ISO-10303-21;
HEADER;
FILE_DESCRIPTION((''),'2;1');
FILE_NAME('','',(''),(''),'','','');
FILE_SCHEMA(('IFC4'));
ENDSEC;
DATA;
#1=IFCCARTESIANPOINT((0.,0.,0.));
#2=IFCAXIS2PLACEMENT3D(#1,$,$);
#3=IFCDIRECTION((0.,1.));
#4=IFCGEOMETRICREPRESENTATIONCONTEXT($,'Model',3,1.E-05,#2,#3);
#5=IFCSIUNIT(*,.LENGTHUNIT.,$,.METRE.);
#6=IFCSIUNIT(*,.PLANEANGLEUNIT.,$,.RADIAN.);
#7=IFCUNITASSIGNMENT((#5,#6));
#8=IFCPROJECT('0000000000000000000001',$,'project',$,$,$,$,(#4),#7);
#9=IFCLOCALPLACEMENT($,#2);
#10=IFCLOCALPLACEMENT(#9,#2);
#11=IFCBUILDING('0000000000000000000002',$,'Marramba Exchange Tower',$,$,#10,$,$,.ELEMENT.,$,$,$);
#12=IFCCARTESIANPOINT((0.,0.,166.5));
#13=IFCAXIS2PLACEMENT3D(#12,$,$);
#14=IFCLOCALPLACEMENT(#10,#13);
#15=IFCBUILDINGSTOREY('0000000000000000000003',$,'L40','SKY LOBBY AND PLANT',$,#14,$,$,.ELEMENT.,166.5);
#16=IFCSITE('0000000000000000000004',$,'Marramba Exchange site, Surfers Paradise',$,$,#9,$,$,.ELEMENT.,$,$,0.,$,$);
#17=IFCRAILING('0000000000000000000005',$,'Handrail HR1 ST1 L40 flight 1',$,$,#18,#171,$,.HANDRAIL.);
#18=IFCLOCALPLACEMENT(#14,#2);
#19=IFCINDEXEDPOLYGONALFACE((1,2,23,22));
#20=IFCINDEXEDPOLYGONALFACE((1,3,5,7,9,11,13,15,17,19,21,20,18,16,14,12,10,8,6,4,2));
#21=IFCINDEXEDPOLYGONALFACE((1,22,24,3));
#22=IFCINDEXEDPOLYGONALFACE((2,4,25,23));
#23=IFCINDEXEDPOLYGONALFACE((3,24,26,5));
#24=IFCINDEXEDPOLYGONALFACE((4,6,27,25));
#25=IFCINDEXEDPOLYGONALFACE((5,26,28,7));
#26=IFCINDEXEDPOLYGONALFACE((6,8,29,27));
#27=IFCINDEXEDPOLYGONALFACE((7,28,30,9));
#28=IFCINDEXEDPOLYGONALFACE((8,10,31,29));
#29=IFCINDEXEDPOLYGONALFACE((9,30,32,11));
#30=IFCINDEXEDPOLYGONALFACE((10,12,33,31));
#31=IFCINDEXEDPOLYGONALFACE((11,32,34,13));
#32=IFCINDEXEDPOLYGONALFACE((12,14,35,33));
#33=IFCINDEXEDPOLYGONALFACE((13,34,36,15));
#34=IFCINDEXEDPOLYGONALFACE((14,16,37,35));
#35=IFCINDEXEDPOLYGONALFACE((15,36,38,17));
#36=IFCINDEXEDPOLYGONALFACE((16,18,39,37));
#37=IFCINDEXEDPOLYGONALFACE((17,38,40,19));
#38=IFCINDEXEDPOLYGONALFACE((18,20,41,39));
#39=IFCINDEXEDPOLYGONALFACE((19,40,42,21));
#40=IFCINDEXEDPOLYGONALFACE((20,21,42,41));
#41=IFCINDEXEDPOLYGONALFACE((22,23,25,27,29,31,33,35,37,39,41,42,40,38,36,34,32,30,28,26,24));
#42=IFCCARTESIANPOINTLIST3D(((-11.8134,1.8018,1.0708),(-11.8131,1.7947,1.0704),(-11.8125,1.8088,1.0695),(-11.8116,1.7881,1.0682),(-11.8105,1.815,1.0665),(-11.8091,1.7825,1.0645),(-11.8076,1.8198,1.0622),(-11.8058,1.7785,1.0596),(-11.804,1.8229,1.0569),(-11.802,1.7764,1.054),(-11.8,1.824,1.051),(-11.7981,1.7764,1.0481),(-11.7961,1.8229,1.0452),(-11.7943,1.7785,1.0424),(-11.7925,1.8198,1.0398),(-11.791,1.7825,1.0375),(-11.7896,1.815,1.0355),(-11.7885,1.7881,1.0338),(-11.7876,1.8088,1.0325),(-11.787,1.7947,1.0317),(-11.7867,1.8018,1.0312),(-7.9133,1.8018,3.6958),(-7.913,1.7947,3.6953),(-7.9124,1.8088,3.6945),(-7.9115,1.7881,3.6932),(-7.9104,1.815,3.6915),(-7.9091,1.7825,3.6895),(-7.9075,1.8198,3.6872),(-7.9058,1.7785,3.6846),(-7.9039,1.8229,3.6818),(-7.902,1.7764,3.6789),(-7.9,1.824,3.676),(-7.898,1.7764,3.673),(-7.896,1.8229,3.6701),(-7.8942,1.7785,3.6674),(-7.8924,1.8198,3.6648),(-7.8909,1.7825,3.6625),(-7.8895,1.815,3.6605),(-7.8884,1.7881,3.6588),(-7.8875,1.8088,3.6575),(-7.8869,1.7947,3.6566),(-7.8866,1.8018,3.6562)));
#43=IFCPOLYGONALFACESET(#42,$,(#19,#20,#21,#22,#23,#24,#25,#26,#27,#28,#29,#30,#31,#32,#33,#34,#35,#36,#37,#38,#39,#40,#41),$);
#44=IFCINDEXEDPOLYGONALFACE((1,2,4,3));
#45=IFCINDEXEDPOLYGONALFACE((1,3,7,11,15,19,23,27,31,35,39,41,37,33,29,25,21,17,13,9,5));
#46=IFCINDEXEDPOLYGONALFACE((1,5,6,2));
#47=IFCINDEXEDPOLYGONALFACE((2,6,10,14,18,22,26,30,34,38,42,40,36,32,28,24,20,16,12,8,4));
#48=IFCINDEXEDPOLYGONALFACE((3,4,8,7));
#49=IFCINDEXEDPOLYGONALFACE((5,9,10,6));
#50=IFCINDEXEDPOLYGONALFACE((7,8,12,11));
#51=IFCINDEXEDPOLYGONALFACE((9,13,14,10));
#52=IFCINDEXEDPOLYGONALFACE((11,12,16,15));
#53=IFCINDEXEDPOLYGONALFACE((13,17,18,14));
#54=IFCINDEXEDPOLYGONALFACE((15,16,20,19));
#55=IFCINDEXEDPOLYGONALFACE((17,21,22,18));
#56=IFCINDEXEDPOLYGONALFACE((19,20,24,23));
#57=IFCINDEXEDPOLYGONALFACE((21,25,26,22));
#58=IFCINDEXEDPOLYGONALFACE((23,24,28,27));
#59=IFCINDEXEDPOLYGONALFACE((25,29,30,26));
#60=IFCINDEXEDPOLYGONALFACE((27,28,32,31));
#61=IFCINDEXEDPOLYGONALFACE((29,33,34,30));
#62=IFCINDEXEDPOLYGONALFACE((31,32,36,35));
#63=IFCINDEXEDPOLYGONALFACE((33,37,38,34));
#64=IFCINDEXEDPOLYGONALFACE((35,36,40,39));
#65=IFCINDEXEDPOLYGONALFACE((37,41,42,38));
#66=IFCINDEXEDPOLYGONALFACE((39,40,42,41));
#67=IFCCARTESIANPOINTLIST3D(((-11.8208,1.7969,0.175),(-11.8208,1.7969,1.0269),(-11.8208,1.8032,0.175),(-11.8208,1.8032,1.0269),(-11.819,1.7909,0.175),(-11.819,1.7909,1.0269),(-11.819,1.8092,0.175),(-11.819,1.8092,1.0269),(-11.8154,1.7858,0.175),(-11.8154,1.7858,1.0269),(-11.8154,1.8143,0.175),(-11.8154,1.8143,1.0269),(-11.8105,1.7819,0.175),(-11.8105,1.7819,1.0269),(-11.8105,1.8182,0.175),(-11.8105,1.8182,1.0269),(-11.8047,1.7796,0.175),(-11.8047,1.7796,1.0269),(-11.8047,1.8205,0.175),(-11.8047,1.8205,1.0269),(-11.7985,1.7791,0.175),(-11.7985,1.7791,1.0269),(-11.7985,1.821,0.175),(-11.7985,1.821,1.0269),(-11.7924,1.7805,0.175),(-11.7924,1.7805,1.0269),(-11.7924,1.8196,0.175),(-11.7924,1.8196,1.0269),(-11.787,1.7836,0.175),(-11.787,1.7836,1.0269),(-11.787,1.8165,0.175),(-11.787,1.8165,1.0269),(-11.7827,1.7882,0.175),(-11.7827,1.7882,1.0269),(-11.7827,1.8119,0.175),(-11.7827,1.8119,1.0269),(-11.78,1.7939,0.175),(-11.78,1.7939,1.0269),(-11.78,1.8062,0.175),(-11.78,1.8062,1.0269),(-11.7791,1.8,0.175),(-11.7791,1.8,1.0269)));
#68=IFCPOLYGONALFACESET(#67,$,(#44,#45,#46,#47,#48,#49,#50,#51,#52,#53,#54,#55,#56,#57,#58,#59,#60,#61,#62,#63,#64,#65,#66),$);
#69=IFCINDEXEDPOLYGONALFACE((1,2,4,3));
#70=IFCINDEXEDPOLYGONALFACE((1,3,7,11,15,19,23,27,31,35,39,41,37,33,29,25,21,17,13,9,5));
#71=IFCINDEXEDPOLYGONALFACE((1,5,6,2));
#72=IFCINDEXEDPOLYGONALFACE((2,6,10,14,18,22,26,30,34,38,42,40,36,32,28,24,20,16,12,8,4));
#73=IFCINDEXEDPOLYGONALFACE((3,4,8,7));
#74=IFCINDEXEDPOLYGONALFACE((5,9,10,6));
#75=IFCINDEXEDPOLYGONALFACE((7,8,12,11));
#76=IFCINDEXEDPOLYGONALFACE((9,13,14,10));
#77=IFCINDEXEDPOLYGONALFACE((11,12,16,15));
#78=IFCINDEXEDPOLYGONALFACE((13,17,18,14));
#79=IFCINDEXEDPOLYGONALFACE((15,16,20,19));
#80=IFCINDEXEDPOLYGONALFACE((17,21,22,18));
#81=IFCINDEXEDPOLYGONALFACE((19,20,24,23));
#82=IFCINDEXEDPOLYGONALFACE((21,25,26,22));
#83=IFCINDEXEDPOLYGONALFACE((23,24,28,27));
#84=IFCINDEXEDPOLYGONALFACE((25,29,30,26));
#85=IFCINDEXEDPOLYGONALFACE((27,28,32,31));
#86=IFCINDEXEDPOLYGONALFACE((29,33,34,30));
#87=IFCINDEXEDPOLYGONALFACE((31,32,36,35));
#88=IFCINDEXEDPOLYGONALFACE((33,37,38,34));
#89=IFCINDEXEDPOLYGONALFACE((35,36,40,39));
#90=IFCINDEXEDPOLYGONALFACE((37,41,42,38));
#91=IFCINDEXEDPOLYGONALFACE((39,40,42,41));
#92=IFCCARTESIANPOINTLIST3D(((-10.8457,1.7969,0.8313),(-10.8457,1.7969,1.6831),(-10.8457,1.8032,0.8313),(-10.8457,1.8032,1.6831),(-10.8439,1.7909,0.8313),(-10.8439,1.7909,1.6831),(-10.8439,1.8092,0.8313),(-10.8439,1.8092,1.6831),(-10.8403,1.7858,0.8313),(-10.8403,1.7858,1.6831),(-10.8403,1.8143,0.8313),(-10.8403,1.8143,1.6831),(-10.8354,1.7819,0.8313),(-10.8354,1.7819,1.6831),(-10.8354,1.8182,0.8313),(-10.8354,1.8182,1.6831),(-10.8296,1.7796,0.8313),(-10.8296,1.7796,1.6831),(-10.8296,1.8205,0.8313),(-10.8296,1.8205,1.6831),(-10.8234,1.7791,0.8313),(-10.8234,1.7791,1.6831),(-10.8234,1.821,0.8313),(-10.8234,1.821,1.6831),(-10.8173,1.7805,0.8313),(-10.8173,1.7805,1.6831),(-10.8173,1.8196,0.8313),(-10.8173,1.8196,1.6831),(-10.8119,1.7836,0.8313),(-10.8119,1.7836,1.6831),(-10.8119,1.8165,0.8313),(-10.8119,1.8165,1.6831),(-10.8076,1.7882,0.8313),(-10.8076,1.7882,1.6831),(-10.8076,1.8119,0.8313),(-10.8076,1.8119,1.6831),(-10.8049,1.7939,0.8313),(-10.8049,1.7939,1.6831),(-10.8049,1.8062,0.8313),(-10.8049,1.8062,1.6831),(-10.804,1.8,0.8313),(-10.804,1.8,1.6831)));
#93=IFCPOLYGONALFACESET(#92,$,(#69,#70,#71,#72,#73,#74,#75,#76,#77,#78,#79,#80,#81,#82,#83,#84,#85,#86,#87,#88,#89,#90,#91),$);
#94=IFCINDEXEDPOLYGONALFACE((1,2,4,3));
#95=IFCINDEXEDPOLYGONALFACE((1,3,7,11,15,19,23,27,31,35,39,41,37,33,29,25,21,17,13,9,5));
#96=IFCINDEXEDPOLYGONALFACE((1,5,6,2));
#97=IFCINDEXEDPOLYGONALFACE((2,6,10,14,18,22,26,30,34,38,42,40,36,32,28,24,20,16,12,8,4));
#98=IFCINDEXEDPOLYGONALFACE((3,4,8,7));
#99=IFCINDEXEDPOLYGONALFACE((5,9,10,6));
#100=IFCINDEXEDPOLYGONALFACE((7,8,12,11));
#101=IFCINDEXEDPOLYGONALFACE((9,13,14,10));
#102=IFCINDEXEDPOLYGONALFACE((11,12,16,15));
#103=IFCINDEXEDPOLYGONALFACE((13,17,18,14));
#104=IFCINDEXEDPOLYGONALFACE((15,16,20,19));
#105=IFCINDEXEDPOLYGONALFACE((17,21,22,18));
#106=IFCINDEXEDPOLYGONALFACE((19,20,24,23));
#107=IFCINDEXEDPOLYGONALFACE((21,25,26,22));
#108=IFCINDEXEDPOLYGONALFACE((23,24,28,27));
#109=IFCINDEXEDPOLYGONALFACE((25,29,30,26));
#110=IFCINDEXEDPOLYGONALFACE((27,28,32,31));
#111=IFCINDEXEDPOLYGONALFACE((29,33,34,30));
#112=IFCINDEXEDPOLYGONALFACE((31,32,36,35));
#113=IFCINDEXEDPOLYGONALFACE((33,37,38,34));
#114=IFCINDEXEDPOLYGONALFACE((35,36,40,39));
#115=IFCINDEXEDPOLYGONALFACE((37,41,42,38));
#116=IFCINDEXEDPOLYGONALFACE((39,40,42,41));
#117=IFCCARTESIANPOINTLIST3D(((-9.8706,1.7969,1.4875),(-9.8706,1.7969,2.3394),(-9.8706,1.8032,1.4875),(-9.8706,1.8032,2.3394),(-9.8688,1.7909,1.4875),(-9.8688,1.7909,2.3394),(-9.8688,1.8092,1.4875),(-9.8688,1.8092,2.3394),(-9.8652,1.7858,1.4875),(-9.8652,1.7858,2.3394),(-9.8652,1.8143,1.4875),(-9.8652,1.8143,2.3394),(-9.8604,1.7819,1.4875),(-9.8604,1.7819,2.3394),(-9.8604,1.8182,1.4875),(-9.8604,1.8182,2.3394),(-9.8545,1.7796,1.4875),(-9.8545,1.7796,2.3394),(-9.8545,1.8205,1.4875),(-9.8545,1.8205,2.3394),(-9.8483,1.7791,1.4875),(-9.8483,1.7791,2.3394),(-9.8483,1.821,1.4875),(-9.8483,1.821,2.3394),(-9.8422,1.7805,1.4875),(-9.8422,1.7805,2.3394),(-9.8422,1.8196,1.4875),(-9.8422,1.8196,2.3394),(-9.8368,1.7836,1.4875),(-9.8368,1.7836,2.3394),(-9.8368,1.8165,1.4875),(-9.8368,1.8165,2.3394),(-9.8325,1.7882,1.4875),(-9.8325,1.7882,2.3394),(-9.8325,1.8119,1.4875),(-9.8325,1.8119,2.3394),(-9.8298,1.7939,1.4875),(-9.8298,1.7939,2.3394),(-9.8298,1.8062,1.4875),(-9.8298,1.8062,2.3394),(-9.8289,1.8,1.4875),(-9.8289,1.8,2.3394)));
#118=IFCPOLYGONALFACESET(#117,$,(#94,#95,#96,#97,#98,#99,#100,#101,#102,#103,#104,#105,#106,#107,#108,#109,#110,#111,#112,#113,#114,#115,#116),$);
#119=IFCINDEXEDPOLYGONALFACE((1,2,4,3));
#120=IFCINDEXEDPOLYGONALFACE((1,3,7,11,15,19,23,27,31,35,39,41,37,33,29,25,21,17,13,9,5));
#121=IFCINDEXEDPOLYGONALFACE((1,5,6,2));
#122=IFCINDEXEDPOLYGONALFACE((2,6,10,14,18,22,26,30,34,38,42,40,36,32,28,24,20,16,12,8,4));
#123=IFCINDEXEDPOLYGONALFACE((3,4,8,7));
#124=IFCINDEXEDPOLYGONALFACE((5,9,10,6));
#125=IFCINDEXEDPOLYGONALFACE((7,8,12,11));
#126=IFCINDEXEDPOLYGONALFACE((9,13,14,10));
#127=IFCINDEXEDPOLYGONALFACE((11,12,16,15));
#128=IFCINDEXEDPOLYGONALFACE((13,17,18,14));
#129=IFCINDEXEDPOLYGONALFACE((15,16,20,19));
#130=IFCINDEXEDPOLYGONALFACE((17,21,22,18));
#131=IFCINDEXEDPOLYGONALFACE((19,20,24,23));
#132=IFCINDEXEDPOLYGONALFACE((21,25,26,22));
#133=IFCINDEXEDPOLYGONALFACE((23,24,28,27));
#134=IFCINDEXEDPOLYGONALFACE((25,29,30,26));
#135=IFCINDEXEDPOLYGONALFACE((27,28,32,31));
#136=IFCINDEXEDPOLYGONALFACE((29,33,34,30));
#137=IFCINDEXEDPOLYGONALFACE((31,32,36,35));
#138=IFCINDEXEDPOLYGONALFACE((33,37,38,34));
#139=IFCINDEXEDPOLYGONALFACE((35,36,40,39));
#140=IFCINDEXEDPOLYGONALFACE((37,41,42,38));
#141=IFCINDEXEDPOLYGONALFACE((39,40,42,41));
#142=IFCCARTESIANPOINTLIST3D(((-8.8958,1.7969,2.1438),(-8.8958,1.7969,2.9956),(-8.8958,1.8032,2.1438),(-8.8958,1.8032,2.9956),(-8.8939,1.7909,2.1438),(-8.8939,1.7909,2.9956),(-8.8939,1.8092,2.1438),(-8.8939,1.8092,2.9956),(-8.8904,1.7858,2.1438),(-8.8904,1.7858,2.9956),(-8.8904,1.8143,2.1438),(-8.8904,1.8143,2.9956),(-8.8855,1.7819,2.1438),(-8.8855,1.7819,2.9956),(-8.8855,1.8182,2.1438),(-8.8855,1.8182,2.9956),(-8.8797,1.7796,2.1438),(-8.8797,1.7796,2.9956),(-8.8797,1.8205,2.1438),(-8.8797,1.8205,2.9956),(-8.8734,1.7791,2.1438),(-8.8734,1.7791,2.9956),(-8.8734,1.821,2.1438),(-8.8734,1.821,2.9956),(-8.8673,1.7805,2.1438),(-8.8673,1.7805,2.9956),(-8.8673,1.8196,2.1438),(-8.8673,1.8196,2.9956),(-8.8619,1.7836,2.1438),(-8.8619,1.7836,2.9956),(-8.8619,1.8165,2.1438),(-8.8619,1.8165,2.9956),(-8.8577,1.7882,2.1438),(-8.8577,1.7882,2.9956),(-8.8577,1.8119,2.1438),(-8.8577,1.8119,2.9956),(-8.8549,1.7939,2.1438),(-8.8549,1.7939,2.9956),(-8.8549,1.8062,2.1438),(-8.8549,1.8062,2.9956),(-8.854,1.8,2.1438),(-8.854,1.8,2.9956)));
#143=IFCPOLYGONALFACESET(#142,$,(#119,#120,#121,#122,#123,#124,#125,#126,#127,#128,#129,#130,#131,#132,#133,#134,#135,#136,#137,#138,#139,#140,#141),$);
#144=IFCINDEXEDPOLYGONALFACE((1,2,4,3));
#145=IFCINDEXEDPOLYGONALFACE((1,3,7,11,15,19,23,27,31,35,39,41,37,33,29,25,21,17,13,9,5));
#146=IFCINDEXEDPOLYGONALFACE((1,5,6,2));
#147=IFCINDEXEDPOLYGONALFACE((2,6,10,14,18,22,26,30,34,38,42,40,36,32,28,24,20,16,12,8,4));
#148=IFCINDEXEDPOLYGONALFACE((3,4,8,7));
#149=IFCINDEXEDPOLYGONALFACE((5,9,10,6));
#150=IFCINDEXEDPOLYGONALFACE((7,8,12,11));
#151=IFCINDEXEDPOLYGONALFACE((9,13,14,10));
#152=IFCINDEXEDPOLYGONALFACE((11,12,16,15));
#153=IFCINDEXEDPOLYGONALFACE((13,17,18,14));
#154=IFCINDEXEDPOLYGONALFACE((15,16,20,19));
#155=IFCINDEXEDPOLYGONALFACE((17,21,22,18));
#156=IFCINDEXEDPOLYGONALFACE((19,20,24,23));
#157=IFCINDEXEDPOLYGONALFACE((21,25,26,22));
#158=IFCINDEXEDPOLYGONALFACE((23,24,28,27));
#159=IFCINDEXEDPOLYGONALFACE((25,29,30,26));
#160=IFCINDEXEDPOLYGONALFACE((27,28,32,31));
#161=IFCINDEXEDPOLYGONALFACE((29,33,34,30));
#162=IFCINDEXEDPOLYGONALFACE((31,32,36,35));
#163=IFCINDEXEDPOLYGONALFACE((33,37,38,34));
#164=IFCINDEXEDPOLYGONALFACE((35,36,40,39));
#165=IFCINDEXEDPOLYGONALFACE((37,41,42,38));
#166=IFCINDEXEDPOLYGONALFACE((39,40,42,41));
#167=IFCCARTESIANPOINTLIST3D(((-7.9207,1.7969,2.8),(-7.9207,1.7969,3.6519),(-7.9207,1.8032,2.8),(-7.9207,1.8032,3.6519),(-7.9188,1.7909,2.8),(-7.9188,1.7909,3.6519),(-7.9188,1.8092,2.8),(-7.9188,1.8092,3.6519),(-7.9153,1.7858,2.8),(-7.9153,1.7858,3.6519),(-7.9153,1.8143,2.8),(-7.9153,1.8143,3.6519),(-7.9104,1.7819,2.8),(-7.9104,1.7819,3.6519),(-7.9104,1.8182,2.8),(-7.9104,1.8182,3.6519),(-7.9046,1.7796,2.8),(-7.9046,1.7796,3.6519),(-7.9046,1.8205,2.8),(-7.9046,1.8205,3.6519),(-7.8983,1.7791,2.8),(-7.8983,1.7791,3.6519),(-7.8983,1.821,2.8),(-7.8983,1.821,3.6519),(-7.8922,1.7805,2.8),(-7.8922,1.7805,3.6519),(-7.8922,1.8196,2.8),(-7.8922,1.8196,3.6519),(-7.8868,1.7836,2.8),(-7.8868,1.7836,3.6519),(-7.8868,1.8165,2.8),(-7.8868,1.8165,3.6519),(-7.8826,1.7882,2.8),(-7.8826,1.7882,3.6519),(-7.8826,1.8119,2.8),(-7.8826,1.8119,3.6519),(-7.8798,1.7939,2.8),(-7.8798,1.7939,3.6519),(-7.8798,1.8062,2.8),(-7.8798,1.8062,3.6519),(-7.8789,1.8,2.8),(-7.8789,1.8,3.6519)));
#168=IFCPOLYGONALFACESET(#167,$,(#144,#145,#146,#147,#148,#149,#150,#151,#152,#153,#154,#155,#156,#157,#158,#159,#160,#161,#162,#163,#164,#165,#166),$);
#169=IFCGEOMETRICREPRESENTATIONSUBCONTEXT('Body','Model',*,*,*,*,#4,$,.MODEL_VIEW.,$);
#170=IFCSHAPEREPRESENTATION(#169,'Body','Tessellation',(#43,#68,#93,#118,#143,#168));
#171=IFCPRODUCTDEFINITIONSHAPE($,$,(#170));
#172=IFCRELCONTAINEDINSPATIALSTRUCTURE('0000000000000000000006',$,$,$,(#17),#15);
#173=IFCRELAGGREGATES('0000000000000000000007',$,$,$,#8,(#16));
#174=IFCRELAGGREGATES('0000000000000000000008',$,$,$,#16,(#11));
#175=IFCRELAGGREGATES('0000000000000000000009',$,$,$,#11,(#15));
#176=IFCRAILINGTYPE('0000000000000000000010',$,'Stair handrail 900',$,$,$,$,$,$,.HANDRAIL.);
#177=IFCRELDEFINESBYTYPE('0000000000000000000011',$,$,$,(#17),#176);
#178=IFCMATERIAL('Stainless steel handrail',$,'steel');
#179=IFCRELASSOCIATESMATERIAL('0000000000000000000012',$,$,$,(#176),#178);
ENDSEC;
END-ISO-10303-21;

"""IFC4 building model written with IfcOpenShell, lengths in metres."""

from ifc_helpers import new_model, si_unit, direction, frame, origin, origin_2d, place, context, subcontext, project, spatial, circle, extrude, material, type_object, element, save


model = new_model("IFC4")

# Units and contexts
model_context = context("Model", 3, precision=1e-05, world=origin(), true_north=direction((0.0, 1.0)))
body_context = subcontext(model_context, "Body", "Model", "MODEL_VIEW")
ifc_project = project(units=[si_unit("LENGTHUNIT", "METRE"), si_unit("PLANEANGLEUNIT", "RADIAN")], contexts=[model_context])

# Site, building, storey
site_placement = place(None, origin())
site = spatial("IfcSite", under=ifc_project, at=site_placement, Name="Marramba Exchange site, Surfers Paradise", CompositionType="ELEMENT", RefElevation=0.0)
building_placement = place(site_placement, origin())
building = spatial("IfcBuilding", under=site, at=building_placement, Name="Marramba Exchange Tower", CompositionType="ELEMENT")
storey_placement = place(building_placement, frame((0.0, 0.0, 166.5)))
storey = spatial("IfcBuildingStorey", under=building, at=storey_placement, Name="L40", Description="SKY LOBBY AND PLANT", CompositionType="ELEMENT", Elevation=166.5)

# Railing
ifc_material_1 = material(Name="Stainless steel handrail", Category="steel")
railing_type = type_object("IfcRailingType", Name="Stair handrail 900", PredefinedType="HANDRAIL", material=ifc_material_1)
railing_placement = place(storey_placement, frame((-11.8, 1.8, 0.175)))
element("IfcRailing", 1, at=railing_placement, inside=storey, type_object=railing_type, Name="Handrail HR1 ST1 L40 flight 1", PredefinedType="HANDRAIL", context=body_context, shape_type="SweptSolid", body=[
    extrude(circle(Radius=0.0239, at=origin_2d()), frame((0.0, 0.0, 0.876), z_axis=(0.829597, 0.0, 0.558362), x_axis=(0.0, 1.0, 0.0)), (0.0, 0.0, 1.0), 4.7012),
    extrude(circle(Radius=0.021, at=origin_2d()), origin(), (0.0, 0.0, 1.0), 0.8518),
    extrude(circle(Radius=0.021, at=origin_2d()), frame((0.9751, 0.0, 0.6562)), (0.0, 0.0, 1.0), 0.8518),
    extrude(circle(Radius=0.021, at=origin_2d()), frame((1.9502, 0.0, 1.3125)), (0.0, 0.0, 1.0), 0.8518),
    extrude(circle(Radius=0.021, at=origin_2d()), frame((2.925, 0.0, 1.9688)), (0.0, 0.0, 1.0), 0.8518),
    extrude(circle(Radius=0.021, at=origin_2d()), frame((3.9001, 0.0, 2.625)), (0.0, 0.0, 1.0), 0.8518),
])

save(model, "model.ifc")
